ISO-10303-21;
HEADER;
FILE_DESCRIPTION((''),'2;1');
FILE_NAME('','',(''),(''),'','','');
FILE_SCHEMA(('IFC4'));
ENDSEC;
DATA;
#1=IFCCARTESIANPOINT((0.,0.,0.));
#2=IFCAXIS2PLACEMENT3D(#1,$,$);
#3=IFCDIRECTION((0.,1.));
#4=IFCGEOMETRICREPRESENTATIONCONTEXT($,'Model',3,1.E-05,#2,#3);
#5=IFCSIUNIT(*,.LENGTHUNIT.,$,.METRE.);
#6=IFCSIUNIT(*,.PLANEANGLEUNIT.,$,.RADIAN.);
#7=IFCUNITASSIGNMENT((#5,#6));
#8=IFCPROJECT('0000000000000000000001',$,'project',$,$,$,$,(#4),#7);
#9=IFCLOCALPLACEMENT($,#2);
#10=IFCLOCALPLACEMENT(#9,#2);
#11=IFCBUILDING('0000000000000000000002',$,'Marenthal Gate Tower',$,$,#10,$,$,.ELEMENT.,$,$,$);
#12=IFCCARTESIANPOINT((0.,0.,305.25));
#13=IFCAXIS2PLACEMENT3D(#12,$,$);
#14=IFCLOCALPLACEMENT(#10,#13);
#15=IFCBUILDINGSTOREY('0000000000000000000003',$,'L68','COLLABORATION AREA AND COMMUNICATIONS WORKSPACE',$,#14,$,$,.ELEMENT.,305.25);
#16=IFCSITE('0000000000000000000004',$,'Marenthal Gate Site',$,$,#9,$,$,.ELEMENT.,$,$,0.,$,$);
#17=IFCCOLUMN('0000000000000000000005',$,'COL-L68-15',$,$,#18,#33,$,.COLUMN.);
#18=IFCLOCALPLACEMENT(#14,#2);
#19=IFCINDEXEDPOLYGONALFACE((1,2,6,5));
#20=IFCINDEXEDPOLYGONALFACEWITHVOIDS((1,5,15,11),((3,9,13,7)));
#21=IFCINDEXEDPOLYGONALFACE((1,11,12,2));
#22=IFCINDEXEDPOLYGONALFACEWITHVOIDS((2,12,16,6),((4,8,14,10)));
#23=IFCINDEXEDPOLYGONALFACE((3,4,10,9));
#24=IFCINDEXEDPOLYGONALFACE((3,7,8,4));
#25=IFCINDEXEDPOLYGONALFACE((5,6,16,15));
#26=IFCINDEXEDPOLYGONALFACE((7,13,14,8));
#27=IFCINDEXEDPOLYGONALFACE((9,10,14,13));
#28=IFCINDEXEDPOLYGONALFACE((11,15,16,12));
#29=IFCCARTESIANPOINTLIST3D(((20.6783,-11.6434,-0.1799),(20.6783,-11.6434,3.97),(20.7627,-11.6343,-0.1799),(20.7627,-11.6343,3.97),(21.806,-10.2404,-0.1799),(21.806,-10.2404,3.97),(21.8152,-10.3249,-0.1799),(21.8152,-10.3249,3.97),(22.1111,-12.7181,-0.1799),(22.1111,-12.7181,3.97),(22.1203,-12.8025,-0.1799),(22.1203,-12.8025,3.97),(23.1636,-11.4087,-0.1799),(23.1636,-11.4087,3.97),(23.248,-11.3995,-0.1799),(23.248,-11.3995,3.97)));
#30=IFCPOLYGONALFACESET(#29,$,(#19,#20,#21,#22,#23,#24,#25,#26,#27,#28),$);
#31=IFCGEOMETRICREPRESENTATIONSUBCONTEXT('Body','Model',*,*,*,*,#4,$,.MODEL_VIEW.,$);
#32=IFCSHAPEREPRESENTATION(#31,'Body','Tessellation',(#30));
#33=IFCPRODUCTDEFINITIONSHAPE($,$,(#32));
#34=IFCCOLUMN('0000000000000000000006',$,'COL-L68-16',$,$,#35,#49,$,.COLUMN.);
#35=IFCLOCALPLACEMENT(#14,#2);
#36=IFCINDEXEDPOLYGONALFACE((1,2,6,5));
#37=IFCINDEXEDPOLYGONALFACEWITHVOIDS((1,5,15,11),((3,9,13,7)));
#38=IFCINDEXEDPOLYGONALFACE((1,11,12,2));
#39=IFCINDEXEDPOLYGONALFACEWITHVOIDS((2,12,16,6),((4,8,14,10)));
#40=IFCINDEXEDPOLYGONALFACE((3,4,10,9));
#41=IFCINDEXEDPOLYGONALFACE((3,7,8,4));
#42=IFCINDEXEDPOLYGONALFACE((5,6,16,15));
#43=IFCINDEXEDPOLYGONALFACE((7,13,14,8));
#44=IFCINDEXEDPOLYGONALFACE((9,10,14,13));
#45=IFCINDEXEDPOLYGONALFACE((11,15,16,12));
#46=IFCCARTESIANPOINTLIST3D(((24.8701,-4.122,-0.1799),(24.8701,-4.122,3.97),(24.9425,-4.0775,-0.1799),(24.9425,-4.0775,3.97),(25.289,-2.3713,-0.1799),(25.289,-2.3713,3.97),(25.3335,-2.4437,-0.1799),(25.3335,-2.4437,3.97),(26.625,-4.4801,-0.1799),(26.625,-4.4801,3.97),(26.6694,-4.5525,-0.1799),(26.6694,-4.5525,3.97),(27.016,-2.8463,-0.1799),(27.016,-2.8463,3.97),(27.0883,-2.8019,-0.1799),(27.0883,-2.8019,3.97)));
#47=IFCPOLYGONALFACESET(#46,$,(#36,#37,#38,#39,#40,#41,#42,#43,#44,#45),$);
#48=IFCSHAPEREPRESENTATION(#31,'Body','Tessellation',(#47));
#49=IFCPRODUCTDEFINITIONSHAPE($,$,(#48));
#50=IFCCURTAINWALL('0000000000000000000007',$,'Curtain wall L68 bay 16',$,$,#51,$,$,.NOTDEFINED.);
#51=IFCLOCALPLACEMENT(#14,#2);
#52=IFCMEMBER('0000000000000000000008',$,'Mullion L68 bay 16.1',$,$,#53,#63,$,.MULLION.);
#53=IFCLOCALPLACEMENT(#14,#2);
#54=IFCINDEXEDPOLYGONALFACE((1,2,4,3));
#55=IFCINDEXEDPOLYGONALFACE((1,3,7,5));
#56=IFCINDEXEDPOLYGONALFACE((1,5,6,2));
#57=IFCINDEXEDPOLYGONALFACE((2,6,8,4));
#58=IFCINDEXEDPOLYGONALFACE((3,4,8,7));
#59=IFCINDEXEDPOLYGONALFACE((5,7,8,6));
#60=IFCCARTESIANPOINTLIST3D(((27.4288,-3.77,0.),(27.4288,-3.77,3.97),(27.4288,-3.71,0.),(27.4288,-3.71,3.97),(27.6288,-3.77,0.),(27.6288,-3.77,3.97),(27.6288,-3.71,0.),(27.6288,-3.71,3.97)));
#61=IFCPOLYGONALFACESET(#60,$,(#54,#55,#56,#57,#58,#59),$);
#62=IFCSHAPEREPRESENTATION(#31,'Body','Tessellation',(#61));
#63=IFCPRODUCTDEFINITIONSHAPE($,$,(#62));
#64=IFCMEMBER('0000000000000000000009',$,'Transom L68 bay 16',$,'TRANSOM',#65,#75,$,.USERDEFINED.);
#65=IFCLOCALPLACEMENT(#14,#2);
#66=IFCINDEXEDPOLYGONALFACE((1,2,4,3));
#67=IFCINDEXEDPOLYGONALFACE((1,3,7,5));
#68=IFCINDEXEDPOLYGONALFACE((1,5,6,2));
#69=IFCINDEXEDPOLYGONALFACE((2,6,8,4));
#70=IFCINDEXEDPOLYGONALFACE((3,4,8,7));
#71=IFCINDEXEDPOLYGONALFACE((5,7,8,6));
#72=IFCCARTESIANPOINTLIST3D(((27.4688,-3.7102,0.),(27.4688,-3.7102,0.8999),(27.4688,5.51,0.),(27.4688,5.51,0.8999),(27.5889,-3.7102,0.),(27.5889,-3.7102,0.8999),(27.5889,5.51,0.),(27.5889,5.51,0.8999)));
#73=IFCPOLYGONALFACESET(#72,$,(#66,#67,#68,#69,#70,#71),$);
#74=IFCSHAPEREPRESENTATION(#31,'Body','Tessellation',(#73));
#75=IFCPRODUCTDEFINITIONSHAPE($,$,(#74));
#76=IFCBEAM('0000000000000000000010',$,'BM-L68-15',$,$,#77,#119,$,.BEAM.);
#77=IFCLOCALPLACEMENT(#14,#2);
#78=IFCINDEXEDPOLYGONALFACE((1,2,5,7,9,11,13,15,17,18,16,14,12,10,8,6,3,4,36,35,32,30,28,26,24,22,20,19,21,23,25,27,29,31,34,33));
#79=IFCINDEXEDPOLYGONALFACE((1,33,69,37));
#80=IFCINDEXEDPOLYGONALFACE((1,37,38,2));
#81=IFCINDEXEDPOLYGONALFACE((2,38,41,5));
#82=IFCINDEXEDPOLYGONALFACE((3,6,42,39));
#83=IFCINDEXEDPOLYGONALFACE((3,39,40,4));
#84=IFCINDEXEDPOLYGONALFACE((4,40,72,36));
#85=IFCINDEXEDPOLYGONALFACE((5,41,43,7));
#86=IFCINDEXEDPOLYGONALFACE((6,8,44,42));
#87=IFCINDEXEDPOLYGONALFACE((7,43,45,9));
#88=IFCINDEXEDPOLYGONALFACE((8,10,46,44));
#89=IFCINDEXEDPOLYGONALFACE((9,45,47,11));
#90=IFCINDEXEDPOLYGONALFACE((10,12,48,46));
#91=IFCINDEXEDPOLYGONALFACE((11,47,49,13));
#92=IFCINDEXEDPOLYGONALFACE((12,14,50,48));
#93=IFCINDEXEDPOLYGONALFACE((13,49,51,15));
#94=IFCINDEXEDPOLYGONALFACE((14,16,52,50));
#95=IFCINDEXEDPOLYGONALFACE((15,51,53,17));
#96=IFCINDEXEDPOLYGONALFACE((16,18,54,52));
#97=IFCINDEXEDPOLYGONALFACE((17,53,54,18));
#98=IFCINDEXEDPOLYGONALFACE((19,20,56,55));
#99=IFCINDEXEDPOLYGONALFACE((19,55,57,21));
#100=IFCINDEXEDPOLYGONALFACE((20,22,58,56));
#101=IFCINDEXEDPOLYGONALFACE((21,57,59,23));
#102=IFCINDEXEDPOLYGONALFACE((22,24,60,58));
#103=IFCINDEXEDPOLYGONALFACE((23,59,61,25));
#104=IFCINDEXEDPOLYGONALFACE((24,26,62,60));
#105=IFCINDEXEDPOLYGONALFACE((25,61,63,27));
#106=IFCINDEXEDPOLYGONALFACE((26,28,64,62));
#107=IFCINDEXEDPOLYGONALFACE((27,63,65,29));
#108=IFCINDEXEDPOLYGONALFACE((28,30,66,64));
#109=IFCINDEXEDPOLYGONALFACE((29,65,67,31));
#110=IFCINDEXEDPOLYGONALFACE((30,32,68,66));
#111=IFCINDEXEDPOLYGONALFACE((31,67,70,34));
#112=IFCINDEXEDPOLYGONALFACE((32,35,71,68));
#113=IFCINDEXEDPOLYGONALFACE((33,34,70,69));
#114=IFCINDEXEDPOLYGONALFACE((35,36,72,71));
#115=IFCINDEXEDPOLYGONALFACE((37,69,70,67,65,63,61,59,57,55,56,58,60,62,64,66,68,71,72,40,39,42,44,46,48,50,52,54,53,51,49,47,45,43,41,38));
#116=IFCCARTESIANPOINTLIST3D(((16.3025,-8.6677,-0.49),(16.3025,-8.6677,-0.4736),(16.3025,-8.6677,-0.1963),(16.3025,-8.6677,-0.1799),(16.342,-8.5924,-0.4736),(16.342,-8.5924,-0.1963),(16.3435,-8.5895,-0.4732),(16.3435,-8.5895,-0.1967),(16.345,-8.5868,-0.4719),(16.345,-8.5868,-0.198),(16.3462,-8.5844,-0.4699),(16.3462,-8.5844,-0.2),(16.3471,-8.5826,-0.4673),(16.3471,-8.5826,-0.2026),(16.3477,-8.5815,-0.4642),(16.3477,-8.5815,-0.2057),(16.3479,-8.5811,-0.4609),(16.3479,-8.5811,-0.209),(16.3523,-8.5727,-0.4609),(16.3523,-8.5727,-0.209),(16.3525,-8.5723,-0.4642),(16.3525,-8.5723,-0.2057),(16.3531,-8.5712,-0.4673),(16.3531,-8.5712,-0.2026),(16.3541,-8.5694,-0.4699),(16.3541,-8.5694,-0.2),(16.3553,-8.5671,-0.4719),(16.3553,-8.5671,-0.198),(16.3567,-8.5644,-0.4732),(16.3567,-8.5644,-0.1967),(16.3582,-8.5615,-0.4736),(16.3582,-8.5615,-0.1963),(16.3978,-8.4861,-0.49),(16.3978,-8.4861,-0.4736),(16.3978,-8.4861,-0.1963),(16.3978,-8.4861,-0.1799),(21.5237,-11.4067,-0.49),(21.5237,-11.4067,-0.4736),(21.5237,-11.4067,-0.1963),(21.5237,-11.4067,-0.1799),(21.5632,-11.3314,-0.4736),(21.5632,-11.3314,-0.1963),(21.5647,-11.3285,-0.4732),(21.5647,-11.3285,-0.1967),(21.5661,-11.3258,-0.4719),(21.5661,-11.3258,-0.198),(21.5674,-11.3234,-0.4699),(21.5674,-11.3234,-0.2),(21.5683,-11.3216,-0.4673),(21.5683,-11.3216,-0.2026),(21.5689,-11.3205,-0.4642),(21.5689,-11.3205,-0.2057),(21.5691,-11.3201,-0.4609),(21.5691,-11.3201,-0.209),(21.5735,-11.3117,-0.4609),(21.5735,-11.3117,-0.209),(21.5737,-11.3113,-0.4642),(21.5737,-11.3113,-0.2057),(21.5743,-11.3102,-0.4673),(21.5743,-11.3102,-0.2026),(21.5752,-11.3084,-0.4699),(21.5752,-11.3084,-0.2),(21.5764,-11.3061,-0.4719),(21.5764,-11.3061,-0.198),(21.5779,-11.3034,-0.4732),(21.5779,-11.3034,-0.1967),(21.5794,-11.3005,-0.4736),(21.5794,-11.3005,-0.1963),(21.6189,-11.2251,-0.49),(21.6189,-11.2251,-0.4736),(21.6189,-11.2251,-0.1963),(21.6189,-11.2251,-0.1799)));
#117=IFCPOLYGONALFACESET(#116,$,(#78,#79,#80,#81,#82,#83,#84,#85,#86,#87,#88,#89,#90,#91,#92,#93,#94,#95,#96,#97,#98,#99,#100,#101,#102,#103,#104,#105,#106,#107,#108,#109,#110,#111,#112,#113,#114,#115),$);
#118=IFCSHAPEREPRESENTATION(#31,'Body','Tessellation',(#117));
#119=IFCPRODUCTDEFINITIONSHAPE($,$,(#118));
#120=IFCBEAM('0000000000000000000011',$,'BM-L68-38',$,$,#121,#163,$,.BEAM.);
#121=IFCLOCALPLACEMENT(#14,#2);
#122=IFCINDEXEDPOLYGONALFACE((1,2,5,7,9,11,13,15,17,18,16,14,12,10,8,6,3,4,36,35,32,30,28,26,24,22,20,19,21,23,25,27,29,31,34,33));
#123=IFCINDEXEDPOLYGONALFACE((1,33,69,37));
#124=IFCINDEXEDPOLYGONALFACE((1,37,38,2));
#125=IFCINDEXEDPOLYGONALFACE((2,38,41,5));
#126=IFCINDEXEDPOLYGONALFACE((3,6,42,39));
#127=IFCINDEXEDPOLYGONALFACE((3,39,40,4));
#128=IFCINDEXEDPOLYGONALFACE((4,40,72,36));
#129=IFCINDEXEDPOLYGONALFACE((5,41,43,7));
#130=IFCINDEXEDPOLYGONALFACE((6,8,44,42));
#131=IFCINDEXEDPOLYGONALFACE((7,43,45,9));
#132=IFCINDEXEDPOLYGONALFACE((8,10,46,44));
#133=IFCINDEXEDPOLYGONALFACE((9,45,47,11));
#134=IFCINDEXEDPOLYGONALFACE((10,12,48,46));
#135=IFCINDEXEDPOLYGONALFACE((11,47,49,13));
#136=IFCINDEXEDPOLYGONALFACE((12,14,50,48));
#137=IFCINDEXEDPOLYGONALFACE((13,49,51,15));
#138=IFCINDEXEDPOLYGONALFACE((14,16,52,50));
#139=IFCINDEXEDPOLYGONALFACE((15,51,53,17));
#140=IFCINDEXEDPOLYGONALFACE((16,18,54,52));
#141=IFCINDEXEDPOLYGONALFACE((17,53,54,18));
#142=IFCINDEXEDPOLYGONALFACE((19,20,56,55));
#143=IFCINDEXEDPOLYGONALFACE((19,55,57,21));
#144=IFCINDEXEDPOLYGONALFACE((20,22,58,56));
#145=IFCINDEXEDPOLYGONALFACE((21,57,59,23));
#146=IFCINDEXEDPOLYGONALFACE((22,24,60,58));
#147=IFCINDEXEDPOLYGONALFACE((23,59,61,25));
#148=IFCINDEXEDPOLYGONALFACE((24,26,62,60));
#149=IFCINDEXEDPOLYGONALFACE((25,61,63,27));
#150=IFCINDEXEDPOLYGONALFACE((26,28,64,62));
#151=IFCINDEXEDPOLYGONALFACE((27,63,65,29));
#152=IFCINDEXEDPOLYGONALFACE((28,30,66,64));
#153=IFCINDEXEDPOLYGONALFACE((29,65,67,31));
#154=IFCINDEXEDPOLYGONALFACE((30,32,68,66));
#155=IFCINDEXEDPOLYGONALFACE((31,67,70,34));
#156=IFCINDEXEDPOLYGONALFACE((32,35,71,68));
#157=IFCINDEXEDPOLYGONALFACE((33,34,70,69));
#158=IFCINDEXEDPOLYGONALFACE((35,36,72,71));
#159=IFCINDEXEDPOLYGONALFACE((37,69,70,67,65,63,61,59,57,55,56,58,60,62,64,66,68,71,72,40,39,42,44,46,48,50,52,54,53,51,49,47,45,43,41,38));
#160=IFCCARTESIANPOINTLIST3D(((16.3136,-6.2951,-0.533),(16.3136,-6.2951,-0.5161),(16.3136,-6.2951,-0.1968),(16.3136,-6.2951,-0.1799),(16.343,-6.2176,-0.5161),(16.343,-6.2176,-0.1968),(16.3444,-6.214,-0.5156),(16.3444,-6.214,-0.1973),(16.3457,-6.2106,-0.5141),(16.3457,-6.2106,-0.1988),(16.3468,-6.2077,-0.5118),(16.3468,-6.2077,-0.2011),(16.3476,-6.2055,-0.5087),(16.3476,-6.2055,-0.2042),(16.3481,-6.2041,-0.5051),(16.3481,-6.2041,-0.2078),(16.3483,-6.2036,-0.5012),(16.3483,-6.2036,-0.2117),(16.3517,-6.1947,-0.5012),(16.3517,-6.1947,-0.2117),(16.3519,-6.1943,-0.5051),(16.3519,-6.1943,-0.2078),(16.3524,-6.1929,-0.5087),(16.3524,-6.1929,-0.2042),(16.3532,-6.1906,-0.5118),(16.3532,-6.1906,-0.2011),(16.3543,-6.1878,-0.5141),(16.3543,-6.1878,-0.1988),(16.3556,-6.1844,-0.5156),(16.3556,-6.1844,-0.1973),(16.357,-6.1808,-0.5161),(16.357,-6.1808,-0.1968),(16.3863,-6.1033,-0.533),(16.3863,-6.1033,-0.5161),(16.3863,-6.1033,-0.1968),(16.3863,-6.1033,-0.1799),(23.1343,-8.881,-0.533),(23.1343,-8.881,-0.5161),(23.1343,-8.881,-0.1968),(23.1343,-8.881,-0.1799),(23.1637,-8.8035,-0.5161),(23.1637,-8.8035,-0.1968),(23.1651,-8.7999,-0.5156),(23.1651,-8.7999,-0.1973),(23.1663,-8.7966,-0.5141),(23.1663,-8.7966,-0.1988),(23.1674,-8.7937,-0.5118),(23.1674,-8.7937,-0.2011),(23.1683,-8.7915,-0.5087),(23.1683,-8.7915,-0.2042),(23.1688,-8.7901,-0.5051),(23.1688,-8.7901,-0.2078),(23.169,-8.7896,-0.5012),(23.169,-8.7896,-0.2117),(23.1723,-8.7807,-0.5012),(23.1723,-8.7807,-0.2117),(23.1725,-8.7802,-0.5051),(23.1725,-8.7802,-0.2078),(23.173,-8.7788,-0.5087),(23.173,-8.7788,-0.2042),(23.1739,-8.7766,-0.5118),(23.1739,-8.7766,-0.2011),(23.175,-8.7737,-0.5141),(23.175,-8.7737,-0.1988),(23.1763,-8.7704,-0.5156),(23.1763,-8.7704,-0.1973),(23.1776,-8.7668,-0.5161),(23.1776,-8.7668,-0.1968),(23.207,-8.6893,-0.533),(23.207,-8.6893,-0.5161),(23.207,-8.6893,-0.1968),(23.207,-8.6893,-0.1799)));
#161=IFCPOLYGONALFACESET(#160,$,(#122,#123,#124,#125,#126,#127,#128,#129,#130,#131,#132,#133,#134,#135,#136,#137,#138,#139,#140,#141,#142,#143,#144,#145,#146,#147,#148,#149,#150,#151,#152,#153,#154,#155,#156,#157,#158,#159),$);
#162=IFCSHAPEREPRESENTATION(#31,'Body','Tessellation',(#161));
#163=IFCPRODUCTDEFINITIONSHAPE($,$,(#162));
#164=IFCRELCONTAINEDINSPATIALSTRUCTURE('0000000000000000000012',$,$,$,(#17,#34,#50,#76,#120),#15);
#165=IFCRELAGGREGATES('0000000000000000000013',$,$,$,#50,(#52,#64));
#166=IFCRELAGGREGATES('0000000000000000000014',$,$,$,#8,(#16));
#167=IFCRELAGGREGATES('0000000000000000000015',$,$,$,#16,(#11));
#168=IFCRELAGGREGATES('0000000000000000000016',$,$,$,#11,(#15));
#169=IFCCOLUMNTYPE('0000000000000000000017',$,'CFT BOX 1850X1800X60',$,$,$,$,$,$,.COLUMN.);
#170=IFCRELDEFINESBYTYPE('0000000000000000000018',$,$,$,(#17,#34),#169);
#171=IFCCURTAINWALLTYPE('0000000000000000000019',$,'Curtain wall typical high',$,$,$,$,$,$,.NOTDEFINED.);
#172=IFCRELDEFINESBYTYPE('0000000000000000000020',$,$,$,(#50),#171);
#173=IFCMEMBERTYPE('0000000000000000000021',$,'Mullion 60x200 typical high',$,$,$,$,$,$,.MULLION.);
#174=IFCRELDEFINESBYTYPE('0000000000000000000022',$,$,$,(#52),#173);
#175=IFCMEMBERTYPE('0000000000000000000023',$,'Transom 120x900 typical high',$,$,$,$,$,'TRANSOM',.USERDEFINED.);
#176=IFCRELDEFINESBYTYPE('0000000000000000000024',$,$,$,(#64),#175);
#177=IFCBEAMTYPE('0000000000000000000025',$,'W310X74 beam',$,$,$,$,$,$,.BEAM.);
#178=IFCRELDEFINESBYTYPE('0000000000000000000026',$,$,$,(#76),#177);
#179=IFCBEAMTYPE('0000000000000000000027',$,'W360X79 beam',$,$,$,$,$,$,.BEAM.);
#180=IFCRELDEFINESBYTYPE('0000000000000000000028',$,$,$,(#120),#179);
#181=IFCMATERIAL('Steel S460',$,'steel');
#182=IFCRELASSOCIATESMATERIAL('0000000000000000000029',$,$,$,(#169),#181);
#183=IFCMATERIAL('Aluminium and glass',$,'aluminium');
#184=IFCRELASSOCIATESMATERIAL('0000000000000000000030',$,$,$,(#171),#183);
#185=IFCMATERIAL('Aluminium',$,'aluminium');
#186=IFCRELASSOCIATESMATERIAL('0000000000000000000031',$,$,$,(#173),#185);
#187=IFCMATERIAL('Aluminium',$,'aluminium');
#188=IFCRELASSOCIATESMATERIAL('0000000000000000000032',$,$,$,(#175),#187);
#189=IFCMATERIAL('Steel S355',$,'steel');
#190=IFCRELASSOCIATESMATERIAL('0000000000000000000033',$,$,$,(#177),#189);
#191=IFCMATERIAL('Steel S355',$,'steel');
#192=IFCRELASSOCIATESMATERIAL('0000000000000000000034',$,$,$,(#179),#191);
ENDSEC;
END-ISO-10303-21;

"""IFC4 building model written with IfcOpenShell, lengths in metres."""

from ifc_helpers import new_model, si_unit, direction, frame, origin, origin_2d, place, context, subcontext, project, spatial, rectangle, hollow_rectangle, i_section, extrude, material, material_profile, profile_set, type_object, element, aggregate, save


model = new_model("IFC4")

# Units and contexts
model_context = context("Model", 3, precision=1e-05, world=origin(), true_north=direction((0.0, 1.0)))
body_context = subcontext(model_context, "Body", "Model", "MODEL_VIEW")
ifc_project = project(units=[si_unit("LENGTHUNIT", "METRE"), si_unit("PLANEANGLEUNIT", "RADIAN")], contexts=[model_context])

# Site, building, storey
site_placement = place(None, origin())
site = spatial("IfcSite", under=ifc_project, at=site_placement, Name="Marenthal Gate Site", CompositionType="ELEMENT", RefElevation=0.0)
building_placement = place(site_placement, origin())
building = spatial("IfcBuilding", under=site, at=building_placement, Name="Marenthal Gate Tower", CompositionType="ELEMENT")
storey_placement = place(building_placement, frame((0.0, 0.0, 305.25)))
storey = spatial("IfcBuildingStorey", under=building, at=storey_placement, Name="L68", Description="COLLABORATION AREA AND COMMUNICATIONS WORKSPACE", CompositionType="ELEMENT", Elevation=305.25)

# Columns
ifc_material_1 = material(Name="Steel S460", Category="steel")
ifc_material_profile_1 = material_profile(ifc_material_1, hollow_rectangle(XDim=1.8, YDim=1.8501, WallThickness=0.0601, at=origin_2d()), Name="CFT BOX 1850X1800X60")
ifc_material_2 = material(Name="Concrete 70 MPa", Category="concrete")
ifc_material_profile_2 = material_profile(ifc_material_2, rectangle(XDim=1.6799, YDim=1.73, at=origin_2d()), Name="CFT BOX 1850X1800X60 INFILL")
ifc_profile_set_1 = profile_set([ifc_material_profile_1, ifc_material_profile_2], Name="Steel S460 shell, Concrete 70 MPa infill")
column_type = type_object("IfcColumnType", Name="CFT BOX 1850X1800X60", PredefinedType="COLUMN", material=ifc_profile_set_1)
for number, where, z_axis, x_axis, name in (
    (1, (21.9631, -11.5215, -0.1799), (0.0, 0.0, 1.0), (-0.626499, -0.779422, 0.0), "COL-L68-15"),
    (2, (25.9792, -3.4619, -0.1799), (0.0, 0.0, 1.0), (-0.232716, -0.972545, 0.0), "COL-L68-16"),
):
    element("IfcColumn", number, at=place(storey_placement, frame(where, z_axis=z_axis, x_axis=x_axis)), inside=storey, type_object=column_type, Name=name, PredefinedType="COLUMN", context=body_context, shape_type="SweptSolid", body=[
        extrude(hollow_rectangle(XDim=1.8, YDim=1.8501, WallThickness=0.0601, at=origin_2d()), origin(), (0.0, 0.0, 1.0), 4.1499),
    ])

# Curtain wall, members
ifc_material_3 = material(Name="Aluminium and glass", Category="aluminium")
curtain_wall_type = type_object("IfcCurtainWallType", Name="Curtain wall typical high", PredefinedType="NOTDEFINED", material=ifc_material_3)
curtain_wall_placement = place(storey_placement, origin())
curtain_wall = element("IfcCurtainWall", 3, at=curtain_wall_placement, inside=storey, type_object=curtain_wall_type, Name="Curtain wall L68 bay 16", PredefinedType="NOTDEFINED")
ifc_material_4 = material(Name="Aluminium", Category="aluminium")
ifc_material_profile_3 = material_profile(ifc_material_4, rectangle(XDim=0.2, YDim=0.0601, at=origin_2d()), Name="60x200 aluminium mullion")
ifc_profile_set_2 = profile_set([ifc_material_profile_3], Name="Aluminium")
member_type_1 = type_object("IfcMemberType", Name="Mullion 60x200 typical high", PredefinedType="MULLION", material=ifc_profile_set_2)
member_1_placement = place(storey_placement, frame((27.5288, -3.74, 0.0), z_axis=(0.0, 0.0, 1.0), x_axis=(-1.0, 0.0, 0.0)))
member_1 = element("IfcMember", 4, at=member_1_placement, type_object=member_type_1, Name="Mullion L68 bay 16.1", PredefinedType="MULLION", context=body_context, shape_type="SweptSolid", body=[
    extrude(rectangle(XDim=0.2, YDim=0.0601, at=origin_2d()), origin(), (0.0, 0.0, 1.0), 3.97),
])
ifc_material_5 = material(Name="Aluminium", Category="aluminium")
ifc_material_profile_4 = material_profile(ifc_material_5, rectangle(XDim=0.1201, YDim=0.8999, at=origin_2d()), Name="120x900 aluminium transom")
ifc_profile_set_3 = profile_set([ifc_material_profile_4], Name="Aluminium")
member_type_2 = type_object("IfcMemberType", Name="Transom 120x900 typical high", ElementType="TRANSOM", PredefinedType="USERDEFINED", material=ifc_profile_set_3)
member_2_placement = place(storey_placement, frame((27.5288, -3.7102, 0.45), z_axis=(0.0, 1.0, 0.0), x_axis=(-1.0, 0.0, 0.0)))
member_2 = element("IfcMember", 5, at=member_2_placement, type_object=member_type_2, Name="Transom L68 bay 16", ObjectType="TRANSOM", PredefinedType="USERDEFINED", context=body_context, shape_type="SweptSolid", body=[
    extrude(rectangle(XDim=0.1201, YDim=0.8999, at=origin_2d()), origin(), (0.0, 0.0, 1.0), 9.2202),
])

# Beams
ifc_material_6 = material(Name="Steel S355", Category="steel")
ifc_material_profile_5 = material_profile(ifc_material_6, i_section(OverallWidth=0.2051, OverallDepth=0.3101, WebThickness=0.0095, FlangeThickness=0.0164, FilletRadius=0.0127, at=origin_2d()), Name="W310X74")
ifc_profile_set_4 = profile_set([ifc_material_profile_5], Name="Steel S355")
beam_type_1 = type_object("IfcBeamType", Name="W310X74 beam", PredefinedType="BEAM", material=ifc_profile_set_4)
beam_1_placement = place(storey_placement, frame((21.5713, -11.3159, -0.335), z_axis=(-0.885545, 0.464553, 0.0), x_axis=(-0.464553, -0.885545, 0.0)))
element("IfcBeam", 6, at=beam_1_placement, inside=storey, type_object=beam_type_1, Name="BM-L68-15", PredefinedType="BEAM", context=body_context, shape_type="SweptSolid", body=[
    extrude(i_section(OverallWidth=0.2051, OverallDepth=0.3101, WebThickness=0.0095, FlangeThickness=0.0164, FilletRadius=0.0127, at=origin_2d()), origin(), (0.0, 0.0, 1.0), 5.896),
])
ifc_material_7 = material(Name="Steel S355", Category="steel")
ifc_material_profile_6 = material_profile(ifc_material_7, i_section(OverallWidth=0.2051, OverallDepth=0.353, WebThickness=0.0095, FlangeThickness=0.0168, FilletRadius=0.0149, at=origin_2d()), Name="W360X79")
ifc_profile_set_5 = profile_set([ifc_material_profile_6], Name="Steel S355")
beam_type_2 = type_object("IfcBeamType", Name="W360X79 beam", PredefinedType="BEAM", material=ifc_profile_set_5)
beam_2_placement = place(storey_placement, frame((23.1707, -8.7852, -0.3564), z_axis=(-0.935051, 0.354514, 0.0), x_axis=(-0.354514, -0.935051, 0.0)))
element("IfcBeam", 7, at=beam_2_placement, inside=storey, type_object=beam_type_2, Name="BM-L68-38", PredefinedType="BEAM", context=body_context, shape_type="SweptSolid", body=[
    extrude(i_section(OverallWidth=0.2051, OverallDepth=0.353, WebThickness=0.0095, FlangeThickness=0.0168, FilletRadius=0.0149, at=origin_2d()), origin(), (0.0, 0.0, 1.0), 7.2944),
])

aggregate(curtain_wall, [member_1, member_2])

save(model, "model.ifc")
